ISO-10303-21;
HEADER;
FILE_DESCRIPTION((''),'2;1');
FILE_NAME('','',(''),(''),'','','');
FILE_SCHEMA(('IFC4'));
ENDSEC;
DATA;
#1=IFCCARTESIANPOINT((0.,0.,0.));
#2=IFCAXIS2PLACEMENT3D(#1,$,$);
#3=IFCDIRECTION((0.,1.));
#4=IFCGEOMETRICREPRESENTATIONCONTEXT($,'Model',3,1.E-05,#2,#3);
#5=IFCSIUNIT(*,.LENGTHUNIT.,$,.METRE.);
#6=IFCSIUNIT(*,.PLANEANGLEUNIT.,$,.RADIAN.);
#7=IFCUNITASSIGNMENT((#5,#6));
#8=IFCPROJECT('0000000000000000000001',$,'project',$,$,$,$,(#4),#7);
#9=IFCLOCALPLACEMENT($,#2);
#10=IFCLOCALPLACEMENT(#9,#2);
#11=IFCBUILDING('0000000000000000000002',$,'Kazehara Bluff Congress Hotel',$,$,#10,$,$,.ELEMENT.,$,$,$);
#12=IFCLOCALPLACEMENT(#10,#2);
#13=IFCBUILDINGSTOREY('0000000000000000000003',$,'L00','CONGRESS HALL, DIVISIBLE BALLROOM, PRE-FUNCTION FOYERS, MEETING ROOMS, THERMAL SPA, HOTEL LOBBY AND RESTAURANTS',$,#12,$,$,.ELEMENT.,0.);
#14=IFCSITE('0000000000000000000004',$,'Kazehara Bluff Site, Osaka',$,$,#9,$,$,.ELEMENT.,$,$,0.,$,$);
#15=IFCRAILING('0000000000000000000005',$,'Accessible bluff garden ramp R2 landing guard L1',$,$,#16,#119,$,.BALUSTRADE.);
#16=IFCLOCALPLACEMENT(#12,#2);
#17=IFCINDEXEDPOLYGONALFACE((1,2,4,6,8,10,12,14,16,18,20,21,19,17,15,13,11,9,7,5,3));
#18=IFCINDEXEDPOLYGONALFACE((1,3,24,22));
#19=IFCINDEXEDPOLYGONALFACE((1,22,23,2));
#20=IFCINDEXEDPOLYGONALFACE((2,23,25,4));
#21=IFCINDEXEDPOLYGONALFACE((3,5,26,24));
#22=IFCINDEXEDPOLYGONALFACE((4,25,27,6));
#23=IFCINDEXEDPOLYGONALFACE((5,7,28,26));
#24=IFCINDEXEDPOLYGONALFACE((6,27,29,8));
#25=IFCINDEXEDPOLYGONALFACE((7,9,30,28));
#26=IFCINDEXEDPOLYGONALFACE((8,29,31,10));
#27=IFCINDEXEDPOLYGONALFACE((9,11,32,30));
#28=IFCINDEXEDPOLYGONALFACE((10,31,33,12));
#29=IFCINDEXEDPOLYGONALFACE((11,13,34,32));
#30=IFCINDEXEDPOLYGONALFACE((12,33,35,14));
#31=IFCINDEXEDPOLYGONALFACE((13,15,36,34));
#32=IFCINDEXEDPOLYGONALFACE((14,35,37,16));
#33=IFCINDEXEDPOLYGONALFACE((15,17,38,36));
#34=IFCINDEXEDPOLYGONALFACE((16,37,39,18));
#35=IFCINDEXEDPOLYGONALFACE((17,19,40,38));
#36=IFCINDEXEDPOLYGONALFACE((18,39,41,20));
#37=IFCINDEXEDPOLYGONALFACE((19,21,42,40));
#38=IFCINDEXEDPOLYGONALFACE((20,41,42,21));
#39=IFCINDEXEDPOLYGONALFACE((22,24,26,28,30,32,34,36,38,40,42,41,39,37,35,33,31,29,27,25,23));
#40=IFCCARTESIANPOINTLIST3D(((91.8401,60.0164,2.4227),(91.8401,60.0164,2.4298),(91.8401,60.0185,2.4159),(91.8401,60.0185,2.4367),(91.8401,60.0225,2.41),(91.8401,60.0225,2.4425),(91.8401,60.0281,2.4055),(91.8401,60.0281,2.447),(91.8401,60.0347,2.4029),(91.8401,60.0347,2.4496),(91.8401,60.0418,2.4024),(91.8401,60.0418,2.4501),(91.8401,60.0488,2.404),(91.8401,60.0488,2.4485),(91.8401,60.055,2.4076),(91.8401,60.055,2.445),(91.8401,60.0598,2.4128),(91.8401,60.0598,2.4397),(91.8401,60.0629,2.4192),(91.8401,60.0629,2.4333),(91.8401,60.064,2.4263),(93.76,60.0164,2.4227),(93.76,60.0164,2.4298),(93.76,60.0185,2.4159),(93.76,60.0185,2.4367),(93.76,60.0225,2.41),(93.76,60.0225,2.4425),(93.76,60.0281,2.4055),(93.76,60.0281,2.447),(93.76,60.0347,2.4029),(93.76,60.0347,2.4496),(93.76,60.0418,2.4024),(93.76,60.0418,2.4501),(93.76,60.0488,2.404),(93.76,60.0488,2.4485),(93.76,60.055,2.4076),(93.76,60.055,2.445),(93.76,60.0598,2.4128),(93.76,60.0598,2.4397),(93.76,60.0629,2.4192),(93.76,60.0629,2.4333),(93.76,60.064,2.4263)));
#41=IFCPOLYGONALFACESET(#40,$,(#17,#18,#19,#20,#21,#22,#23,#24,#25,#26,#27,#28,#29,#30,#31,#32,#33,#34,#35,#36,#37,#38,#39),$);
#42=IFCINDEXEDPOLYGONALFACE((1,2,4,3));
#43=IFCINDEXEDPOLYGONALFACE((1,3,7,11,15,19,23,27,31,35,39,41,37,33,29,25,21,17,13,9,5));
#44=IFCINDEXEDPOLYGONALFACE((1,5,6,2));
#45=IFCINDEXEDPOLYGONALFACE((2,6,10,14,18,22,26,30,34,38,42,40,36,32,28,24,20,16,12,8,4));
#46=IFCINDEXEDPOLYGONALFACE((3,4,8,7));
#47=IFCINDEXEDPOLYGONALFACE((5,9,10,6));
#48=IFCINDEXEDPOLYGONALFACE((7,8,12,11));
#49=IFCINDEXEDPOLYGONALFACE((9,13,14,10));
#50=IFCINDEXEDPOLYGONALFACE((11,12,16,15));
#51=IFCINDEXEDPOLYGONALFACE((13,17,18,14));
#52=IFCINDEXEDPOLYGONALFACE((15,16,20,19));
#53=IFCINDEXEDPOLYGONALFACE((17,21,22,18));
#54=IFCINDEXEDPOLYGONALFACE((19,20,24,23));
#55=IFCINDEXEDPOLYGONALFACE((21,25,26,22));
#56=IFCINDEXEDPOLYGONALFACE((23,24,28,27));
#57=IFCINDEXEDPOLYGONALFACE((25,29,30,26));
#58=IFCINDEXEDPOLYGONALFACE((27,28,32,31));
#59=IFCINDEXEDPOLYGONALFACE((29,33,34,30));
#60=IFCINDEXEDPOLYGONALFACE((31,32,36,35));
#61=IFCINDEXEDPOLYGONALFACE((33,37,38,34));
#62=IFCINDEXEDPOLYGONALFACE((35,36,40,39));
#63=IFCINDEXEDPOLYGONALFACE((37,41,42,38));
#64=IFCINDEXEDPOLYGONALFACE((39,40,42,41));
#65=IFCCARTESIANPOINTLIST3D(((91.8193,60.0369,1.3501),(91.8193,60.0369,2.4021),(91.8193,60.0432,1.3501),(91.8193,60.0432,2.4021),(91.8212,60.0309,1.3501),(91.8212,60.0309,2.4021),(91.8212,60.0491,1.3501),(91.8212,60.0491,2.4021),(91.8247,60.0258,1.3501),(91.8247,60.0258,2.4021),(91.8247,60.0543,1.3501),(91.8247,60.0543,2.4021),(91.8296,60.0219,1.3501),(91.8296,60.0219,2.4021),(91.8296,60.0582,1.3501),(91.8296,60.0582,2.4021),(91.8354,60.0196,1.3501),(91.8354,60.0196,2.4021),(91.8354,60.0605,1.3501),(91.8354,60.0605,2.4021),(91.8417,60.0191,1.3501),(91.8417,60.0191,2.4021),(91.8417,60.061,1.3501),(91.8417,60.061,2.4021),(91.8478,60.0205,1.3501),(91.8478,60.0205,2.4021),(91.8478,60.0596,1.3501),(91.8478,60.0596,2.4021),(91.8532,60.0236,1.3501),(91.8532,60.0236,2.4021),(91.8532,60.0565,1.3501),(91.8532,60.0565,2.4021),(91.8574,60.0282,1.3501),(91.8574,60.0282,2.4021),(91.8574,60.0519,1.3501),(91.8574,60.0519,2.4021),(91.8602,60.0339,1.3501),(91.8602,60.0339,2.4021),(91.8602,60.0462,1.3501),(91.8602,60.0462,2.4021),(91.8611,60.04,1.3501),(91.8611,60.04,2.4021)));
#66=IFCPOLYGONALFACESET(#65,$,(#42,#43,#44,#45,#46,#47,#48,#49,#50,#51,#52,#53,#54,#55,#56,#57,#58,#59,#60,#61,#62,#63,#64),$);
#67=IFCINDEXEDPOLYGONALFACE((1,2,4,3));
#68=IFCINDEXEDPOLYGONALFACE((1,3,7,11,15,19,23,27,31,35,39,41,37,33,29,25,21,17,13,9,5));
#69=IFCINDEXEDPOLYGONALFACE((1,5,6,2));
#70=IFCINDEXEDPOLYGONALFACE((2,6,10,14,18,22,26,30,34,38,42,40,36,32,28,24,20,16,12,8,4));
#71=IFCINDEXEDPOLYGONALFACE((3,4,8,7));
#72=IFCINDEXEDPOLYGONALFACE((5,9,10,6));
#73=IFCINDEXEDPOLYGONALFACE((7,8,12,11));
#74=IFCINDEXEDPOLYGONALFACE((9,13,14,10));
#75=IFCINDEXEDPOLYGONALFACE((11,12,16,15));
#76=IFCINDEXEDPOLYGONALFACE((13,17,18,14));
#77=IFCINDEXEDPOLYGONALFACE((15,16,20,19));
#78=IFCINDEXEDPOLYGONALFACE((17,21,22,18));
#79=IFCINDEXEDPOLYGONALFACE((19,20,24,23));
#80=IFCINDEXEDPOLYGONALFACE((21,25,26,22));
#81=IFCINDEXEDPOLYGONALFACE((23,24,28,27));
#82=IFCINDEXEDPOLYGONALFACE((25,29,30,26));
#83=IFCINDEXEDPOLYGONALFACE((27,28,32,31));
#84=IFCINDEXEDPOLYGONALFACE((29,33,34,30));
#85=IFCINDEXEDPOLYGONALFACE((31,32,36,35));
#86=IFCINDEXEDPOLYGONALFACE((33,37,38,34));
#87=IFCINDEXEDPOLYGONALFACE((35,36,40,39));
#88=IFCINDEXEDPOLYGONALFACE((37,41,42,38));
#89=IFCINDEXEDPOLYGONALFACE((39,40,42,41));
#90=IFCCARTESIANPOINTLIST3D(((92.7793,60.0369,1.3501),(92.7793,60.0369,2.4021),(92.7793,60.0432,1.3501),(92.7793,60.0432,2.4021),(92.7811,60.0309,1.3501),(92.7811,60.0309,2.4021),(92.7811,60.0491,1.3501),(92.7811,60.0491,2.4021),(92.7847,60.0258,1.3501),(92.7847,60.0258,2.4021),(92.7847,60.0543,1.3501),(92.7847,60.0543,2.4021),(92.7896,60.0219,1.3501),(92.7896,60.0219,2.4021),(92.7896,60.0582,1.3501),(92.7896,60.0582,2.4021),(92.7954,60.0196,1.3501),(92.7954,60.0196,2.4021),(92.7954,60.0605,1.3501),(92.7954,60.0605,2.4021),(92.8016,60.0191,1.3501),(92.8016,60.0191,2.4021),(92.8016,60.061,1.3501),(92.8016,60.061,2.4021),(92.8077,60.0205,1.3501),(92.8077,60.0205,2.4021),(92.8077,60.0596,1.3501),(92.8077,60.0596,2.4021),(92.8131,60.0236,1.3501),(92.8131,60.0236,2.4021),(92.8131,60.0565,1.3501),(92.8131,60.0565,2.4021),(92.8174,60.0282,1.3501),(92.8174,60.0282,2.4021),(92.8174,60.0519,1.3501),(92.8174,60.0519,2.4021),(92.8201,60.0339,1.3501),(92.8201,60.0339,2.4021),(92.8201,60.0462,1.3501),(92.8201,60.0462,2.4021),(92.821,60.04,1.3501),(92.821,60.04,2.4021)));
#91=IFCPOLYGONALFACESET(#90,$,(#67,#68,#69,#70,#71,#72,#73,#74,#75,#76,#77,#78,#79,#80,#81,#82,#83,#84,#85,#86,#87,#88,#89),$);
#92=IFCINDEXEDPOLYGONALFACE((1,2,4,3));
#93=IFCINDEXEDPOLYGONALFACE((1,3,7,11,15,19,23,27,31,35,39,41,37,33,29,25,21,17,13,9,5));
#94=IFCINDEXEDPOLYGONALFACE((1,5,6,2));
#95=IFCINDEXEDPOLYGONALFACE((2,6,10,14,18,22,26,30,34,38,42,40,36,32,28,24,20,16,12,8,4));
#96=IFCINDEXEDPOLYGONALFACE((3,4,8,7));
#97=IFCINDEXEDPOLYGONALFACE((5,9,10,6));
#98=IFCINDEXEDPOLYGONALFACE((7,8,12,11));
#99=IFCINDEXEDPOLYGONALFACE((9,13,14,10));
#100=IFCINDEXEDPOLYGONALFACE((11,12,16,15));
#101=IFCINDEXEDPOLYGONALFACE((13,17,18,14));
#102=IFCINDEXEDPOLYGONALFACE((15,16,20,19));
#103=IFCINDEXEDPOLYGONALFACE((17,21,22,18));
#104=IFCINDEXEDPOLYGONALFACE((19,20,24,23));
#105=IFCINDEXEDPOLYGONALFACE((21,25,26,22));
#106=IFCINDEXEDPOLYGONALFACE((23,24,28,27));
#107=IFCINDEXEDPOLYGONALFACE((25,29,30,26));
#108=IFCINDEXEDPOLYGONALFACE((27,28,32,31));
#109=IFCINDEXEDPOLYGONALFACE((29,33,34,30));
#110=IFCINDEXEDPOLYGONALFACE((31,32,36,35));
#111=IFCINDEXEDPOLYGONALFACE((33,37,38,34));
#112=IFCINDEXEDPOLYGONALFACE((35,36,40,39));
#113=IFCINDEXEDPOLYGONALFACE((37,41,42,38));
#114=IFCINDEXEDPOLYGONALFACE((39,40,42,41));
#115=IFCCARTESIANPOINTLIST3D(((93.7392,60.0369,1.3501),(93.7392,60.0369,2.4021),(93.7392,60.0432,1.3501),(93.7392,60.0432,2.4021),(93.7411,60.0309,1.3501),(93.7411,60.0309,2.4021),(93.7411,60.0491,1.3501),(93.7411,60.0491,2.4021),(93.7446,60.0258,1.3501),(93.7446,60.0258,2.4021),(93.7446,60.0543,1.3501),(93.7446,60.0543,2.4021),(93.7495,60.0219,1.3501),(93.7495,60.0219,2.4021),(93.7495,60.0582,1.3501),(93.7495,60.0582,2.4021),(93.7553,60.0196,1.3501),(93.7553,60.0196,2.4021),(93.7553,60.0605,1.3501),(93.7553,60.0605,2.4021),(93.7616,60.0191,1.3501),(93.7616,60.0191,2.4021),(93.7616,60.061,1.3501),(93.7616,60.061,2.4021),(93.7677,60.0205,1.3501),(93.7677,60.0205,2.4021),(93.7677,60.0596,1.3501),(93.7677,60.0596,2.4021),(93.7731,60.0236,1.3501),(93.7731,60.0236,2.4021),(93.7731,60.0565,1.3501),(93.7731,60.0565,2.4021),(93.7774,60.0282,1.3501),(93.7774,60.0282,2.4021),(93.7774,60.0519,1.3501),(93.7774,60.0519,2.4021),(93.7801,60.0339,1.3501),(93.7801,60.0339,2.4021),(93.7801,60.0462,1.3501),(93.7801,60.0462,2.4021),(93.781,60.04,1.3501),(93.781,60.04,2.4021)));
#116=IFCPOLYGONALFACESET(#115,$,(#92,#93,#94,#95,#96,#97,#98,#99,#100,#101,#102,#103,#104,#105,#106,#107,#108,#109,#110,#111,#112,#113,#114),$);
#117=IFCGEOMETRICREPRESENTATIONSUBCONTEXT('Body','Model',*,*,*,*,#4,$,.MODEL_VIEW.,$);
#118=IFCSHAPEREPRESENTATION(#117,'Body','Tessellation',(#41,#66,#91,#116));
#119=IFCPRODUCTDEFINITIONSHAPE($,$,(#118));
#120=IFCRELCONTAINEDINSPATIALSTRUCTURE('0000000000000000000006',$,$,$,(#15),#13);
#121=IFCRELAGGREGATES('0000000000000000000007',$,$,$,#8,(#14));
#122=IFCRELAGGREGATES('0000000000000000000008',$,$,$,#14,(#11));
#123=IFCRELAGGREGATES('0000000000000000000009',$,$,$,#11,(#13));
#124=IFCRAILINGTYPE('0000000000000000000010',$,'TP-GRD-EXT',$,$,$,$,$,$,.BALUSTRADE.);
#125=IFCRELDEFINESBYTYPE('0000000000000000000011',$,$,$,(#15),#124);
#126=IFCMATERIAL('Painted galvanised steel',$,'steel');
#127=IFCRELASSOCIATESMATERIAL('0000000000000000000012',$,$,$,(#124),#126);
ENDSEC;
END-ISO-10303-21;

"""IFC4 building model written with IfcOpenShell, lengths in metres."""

from ifc_helpers import new_model, si_unit, direction, frame, origin, origin_2d, place, context, subcontext, project, spatial, circle, extrude, material, type_object, element, save


model = new_model("IFC4")

# Units and contexts
model_context = context("Model", 3, precision=1e-05, world=origin(), true_north=direction((0.0, 1.0)))
body_context = subcontext(model_context, "Body", "Model", "MODEL_VIEW")
ifc_project = project(units=[si_unit("LENGTHUNIT", "METRE"), si_unit("PLANEANGLEUNIT", "RADIAN")], contexts=[model_context])

# Site, building, storey
site_placement = place(None, origin())
site = spatial("IfcSite", under=ifc_project, at=site_placement, Name="Kazehara Bluff Site, Osaka", CompositionType="ELEMENT", RefElevation=0.0)
building_placement = place(site_placement, origin())
building = spatial("IfcBuilding", under=site, at=building_placement, Name="Kazehara Bluff Congress Hotel", CompositionType="ELEMENT")
storey_placement = place(building_placement, origin())
storey = spatial("IfcBuildingStorey", under=building, at=storey_placement, Name="L00", Description="CONGRESS HALL, DIVISIBLE BALLROOM, PRE-FUNCTION FOYERS, MEETING ROOMS, THERMAL SPA, HOTEL LOBBY AND RESTAURANTS", CompositionType="ELEMENT", Elevation=0.0)

# Railing
ifc_material_1 = material(Name="Painted galvanised steel", Category="steel")
railing_type_1 = type_object("IfcRailingType", Name="TP-GRD-EXT", PredefinedType="BALUSTRADE", material=ifc_material_1)
railing_1_placement = place(storey_placement, frame((91.8401, 60.04, 1.3501)))
element("IfcRailing", 1, at=railing_1_placement, inside=storey, type_object=railing_type_1, Name="Accessible bluff garden ramp R2 landing guard L1", PredefinedType="BALUSTRADE", context=body_context, shape_type="SweptSolid", body=[
    extrude(circle(Radius=0.0239, at=origin_2d()), frame((0.0, 0.0, 1.0762), z_axis=(1.0, 0.0, 0.0), x_axis=(0.0, 1.0, 0.0)), (0.0, 0.0, 1.0), 1.9199),
    extrude(circle(Radius=0.021, at=origin_2d()), origin(), (0.0, 0.0, 1.0), 1.052),
    extrude(circle(Radius=0.021, at=origin_2d()), frame((0.96, 0.0, 0.0)), (0.0, 0.0, 1.0), 1.052),
    extrude(circle(Radius=0.021, at=origin_2d()), frame((1.9199, 0.0, 0.0)), (0.0, 0.0, 1.0), 1.052),
])

save(model, "model.ifc")
